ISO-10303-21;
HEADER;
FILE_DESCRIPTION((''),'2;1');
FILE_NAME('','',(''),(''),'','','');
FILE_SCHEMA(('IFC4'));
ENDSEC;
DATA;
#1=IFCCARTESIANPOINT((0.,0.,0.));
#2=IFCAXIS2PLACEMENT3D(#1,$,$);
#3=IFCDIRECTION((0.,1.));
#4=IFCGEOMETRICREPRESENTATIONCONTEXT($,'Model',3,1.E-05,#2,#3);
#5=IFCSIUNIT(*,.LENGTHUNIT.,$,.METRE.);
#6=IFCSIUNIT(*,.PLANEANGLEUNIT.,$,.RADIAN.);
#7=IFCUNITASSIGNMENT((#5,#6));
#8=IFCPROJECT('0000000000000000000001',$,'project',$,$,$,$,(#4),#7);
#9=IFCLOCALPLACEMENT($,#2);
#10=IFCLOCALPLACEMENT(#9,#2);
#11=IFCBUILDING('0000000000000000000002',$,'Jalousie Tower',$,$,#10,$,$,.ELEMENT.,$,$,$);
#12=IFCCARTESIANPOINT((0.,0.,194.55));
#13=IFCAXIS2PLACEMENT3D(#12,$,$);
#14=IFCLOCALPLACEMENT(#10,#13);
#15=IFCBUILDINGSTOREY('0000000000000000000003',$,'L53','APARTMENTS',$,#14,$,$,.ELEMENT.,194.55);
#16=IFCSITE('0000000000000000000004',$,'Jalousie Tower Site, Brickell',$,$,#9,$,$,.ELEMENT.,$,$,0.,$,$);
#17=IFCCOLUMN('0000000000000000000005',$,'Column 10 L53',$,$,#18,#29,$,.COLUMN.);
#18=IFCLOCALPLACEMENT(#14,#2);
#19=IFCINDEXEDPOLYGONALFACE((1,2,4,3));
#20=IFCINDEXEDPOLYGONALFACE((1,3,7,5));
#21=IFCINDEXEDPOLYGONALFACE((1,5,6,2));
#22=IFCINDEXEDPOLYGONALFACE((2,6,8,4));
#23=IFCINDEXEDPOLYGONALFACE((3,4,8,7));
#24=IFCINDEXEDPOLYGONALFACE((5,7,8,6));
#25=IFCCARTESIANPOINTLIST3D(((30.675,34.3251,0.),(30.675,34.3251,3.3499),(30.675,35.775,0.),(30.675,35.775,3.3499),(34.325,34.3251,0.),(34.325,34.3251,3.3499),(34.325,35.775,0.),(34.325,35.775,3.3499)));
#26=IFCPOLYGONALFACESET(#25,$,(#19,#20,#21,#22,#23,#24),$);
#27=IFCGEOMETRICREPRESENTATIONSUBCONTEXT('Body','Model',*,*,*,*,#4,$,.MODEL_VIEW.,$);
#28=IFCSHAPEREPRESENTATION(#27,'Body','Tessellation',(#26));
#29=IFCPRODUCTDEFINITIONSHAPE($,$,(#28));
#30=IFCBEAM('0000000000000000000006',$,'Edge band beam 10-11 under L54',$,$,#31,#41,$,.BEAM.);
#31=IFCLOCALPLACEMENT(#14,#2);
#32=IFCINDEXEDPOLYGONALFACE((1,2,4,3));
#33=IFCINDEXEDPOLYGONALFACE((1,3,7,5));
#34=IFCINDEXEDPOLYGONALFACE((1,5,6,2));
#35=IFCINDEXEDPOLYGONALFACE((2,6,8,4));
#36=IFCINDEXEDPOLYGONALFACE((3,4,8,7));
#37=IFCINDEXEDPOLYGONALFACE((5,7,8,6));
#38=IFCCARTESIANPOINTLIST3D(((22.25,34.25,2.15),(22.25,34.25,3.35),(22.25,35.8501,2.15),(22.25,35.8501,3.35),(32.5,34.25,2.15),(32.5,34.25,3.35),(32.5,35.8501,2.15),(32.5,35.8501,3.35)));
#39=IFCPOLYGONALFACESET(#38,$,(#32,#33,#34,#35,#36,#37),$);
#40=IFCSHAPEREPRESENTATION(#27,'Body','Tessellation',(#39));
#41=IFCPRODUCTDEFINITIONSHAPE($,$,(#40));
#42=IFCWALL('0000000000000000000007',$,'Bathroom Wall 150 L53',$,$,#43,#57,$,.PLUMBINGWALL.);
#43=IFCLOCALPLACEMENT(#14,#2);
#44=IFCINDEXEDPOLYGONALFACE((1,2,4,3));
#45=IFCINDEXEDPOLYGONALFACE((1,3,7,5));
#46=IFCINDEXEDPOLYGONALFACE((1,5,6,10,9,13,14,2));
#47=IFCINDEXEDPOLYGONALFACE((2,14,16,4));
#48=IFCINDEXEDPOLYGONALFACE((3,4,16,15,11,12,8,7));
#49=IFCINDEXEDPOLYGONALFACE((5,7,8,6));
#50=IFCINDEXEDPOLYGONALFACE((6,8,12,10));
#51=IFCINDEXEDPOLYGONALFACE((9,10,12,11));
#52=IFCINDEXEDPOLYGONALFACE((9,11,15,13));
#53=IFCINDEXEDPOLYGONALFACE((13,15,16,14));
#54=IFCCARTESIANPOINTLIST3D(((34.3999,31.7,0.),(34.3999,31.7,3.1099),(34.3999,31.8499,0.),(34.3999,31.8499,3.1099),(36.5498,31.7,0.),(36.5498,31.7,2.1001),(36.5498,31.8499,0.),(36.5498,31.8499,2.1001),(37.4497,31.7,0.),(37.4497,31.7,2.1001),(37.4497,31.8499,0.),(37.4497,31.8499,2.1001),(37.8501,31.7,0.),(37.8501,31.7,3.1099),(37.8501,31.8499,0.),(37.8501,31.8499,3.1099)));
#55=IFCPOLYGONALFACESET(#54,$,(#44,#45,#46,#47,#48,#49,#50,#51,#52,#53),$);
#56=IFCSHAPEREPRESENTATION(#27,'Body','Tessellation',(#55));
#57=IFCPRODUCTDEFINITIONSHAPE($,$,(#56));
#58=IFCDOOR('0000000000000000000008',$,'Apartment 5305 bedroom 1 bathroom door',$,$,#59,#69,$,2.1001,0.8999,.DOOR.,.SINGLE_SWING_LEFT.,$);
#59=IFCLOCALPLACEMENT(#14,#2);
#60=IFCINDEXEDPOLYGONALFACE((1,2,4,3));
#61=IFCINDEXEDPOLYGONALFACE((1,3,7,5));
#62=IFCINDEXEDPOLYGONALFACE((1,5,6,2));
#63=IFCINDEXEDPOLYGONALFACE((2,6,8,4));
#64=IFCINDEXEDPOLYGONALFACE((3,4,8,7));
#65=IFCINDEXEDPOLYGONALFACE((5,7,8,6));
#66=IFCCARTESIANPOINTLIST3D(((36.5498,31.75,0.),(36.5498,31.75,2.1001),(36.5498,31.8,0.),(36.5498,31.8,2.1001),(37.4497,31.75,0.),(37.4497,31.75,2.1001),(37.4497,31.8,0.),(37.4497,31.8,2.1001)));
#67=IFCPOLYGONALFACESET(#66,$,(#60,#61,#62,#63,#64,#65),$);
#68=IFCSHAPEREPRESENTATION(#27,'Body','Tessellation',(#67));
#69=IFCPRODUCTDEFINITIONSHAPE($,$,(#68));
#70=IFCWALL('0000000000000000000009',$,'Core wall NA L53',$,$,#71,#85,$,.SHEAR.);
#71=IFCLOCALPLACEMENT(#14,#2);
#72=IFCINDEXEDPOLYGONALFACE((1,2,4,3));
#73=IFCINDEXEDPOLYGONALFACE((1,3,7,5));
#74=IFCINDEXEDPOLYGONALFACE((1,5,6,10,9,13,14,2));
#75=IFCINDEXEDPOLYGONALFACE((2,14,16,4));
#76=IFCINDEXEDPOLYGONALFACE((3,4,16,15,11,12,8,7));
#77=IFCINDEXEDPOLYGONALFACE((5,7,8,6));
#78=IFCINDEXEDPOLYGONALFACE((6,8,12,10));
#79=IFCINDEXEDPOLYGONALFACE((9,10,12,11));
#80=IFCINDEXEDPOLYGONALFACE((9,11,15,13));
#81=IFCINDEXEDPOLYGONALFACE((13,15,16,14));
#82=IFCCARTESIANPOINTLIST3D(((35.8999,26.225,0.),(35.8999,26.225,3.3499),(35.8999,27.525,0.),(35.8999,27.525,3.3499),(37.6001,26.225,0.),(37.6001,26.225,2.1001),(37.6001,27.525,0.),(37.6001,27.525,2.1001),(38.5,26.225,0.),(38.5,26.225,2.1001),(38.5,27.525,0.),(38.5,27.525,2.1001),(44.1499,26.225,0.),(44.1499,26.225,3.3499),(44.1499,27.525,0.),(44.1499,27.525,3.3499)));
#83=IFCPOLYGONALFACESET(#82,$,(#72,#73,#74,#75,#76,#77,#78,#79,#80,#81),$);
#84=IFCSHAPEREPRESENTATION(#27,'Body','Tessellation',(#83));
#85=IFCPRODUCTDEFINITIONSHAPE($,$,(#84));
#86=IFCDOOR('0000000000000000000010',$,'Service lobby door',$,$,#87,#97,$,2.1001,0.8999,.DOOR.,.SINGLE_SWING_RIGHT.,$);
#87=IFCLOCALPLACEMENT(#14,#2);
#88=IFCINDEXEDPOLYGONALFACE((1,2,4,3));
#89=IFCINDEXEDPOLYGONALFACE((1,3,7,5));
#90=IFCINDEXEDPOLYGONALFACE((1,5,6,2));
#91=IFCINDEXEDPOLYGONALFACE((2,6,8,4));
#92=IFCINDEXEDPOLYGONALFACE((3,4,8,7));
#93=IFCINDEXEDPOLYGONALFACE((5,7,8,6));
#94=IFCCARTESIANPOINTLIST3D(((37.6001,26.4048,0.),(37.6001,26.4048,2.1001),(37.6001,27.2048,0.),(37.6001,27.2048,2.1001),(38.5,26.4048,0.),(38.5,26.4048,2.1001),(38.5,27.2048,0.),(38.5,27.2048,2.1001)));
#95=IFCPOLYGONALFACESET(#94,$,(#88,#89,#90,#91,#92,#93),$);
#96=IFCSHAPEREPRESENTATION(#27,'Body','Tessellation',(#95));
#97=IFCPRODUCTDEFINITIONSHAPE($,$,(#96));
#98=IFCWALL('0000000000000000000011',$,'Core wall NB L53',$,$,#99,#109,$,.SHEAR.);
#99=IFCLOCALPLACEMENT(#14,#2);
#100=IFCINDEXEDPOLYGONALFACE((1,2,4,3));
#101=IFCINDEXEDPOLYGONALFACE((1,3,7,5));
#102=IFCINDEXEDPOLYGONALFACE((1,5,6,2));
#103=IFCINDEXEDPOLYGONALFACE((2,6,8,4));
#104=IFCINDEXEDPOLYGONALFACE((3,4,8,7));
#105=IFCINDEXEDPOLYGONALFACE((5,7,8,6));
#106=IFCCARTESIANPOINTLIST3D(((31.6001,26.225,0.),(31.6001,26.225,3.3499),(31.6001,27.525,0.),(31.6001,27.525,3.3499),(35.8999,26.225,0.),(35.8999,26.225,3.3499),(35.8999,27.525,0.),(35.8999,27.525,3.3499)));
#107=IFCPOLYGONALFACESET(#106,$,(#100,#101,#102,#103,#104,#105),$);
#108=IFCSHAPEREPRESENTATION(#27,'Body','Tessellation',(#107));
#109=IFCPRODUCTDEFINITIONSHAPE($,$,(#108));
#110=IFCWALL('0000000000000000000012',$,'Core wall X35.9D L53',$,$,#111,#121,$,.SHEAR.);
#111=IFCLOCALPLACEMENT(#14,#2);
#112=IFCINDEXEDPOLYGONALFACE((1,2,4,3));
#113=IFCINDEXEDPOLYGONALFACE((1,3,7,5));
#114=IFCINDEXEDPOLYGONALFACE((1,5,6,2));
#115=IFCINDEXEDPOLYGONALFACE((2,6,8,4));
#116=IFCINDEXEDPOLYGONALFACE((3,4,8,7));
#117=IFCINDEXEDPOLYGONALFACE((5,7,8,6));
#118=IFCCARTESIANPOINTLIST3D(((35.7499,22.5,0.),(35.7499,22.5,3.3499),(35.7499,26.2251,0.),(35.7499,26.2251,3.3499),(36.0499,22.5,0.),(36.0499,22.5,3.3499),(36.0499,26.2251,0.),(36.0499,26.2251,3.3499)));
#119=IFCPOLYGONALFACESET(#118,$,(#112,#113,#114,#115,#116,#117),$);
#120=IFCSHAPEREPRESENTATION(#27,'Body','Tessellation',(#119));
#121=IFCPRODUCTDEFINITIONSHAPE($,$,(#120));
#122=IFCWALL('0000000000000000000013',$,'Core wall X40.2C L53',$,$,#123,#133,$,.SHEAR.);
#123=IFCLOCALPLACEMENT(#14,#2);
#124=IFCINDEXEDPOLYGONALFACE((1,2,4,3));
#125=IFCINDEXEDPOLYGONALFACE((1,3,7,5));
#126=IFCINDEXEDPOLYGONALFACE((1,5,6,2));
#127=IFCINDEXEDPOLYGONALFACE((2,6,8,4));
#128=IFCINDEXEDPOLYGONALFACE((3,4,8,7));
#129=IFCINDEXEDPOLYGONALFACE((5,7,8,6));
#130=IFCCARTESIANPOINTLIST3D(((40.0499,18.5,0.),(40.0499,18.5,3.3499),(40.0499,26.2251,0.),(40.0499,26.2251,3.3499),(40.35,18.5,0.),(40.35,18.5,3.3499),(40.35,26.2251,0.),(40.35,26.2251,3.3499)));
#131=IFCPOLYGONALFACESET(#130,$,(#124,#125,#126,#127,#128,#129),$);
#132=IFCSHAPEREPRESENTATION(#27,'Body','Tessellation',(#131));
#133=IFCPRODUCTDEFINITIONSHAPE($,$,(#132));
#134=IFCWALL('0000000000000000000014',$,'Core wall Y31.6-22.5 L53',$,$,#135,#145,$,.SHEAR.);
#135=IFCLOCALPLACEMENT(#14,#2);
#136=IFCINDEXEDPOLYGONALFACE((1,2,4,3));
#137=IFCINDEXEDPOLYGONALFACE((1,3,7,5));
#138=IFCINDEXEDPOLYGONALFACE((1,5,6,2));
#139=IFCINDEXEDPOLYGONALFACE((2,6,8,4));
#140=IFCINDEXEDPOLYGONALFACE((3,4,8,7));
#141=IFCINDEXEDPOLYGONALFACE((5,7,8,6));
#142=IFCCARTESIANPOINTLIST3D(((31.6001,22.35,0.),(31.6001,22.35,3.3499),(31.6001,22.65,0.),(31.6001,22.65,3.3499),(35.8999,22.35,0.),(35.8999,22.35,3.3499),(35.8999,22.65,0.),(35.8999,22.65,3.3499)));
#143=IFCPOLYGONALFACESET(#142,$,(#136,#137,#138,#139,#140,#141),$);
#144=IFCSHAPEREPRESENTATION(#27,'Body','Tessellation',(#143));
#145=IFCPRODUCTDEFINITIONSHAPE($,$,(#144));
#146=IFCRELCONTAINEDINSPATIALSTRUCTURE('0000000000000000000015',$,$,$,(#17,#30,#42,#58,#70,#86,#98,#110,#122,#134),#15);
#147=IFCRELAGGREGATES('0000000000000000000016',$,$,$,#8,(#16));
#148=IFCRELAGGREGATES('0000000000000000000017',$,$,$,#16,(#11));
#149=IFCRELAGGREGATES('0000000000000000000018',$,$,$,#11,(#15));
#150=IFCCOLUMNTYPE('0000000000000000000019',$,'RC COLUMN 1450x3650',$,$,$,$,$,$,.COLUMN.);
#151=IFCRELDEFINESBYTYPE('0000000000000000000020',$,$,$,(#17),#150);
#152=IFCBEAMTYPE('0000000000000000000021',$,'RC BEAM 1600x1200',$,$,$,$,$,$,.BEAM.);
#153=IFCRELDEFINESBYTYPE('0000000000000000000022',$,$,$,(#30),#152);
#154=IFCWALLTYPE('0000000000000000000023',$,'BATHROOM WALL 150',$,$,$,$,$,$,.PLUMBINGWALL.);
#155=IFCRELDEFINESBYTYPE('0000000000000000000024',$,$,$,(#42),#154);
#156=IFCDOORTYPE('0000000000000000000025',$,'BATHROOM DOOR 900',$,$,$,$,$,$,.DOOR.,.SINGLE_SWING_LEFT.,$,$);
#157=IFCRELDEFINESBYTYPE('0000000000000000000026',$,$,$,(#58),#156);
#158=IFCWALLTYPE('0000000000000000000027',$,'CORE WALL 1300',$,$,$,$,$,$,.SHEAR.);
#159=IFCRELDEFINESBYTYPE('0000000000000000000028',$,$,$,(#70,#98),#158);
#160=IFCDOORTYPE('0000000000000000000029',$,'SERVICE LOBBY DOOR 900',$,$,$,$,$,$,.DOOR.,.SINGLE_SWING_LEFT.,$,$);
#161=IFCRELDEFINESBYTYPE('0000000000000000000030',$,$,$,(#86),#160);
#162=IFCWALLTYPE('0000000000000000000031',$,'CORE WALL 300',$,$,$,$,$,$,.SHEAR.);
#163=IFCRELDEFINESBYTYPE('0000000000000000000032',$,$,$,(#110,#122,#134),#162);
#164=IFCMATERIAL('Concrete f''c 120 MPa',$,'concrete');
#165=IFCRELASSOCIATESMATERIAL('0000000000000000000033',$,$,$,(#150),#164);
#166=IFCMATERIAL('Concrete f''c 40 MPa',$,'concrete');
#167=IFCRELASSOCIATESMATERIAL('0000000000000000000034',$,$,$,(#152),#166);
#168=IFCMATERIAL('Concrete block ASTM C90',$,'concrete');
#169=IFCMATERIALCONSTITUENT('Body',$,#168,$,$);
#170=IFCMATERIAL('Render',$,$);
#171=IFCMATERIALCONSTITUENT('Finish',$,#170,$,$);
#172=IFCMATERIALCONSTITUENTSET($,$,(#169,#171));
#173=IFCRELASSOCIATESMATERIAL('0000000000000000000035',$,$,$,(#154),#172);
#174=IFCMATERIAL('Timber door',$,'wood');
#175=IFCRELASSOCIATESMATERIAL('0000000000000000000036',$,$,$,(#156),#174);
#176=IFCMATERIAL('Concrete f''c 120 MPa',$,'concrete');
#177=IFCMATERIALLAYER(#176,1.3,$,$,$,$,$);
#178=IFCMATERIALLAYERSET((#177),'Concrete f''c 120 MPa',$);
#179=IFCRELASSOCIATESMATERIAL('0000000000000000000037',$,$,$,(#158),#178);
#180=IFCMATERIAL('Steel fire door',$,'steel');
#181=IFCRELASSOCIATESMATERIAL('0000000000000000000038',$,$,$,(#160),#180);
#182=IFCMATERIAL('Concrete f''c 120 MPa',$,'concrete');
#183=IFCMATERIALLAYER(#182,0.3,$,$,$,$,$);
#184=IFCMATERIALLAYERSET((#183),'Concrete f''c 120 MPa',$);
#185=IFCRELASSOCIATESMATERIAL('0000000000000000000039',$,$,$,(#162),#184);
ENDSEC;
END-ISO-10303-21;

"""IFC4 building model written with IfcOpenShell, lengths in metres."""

from ifc_helpers import new_model, si_unit, direction, frame, frame_2d, origin, origin_2d, place, context, subcontext, project, spatial, rectangle, extrude, material, layer, layer_set, constituent, constituent_set, material_profile, profile_set, type_object, element, fill, save


model = new_model("IFC4")

# Units and contexts
model_context = context("Model", 3, precision=1e-05, world=origin(), true_north=direction((0.0, 1.0)))
body_context = subcontext(model_context, "Body", "Model", "MODEL_VIEW")
ifc_project = project(units=[si_unit("LENGTHUNIT", "METRE"), si_unit("PLANEANGLEUNIT", "RADIAN")], contexts=[model_context])

# Site, building, storey
site_placement = place(None, origin())
site = spatial("IfcSite", under=ifc_project, at=site_placement, Name="Jalousie Tower Site, Brickell", CompositionType="ELEMENT", RefElevation=0.0)
building_placement = place(site_placement, origin())
building = spatial("IfcBuilding", under=site, at=building_placement, Name="Jalousie Tower", CompositionType="ELEMENT")
storey_placement = place(building_placement, frame((0.0, 0.0, 194.55)))
storey = spatial("IfcBuildingStorey", under=building, at=storey_placement, Name="L53", Description="APARTMENTS", CompositionType="ELEMENT", Elevation=194.55)

# Column
ifc_material_1 = material(Name="Concrete f'c 120 MPa", Category="concrete")
ifc_material_profile_1 = material_profile(ifc_material_1, rectangle(XDim=1.45, YDim=3.6499, at=origin_2d()), Name="RC 1450x3650")
ifc_profile_set_1 = profile_set([ifc_material_profile_1], Name="Concrete f'c 120 MPa")
column_type = type_object("IfcColumnType", Name="RC COLUMN 1450x3650", PredefinedType="COLUMN", material=ifc_profile_set_1)
column_placement = place(storey_placement, frame((32.5, 35.05, 0.0), z_axis=(0.0, 0.0, 1.0), x_axis=(0.0, 1.0, 0.0)))
element("IfcColumn", 1, at=column_placement, inside=storey, type_object=column_type, Name="Column 10 L53", PredefinedType="COLUMN", context=body_context, shape_type="SweptSolid", body=[
    extrude(rectangle(XDim=1.45, YDim=3.6499, at=origin_2d()), origin(), (0.0, 0.0, 1.0), 3.3499),
])

# Beam
ifc_material_2 = material(Name="Concrete f'c 40 MPa", Category="concrete")
ifc_material_profile_2 = material_profile(ifc_material_2, rectangle(XDim=1.6001, YDim=1.2, at=origin_2d()), Name="RC 1600x1200")
ifc_profile_set_2 = profile_set([ifc_material_profile_2], Name="Concrete f'c 40 MPa")
beam_type = type_object("IfcBeamType", Name="RC BEAM 1600x1200", PredefinedType="BEAM", material=ifc_profile_set_2)
beam_placement = place(storey_placement, frame((32.5, 35.05, 2.75), z_axis=(-1.0, 0.0, 0.0), x_axis=(0.0, -1.0, 0.0)))
element("IfcBeam", 2, at=beam_placement, inside=storey, type_object=beam_type, Name="Edge band beam 10-11 under L54", PredefinedType="BEAM", context=body_context, shape_type="SweptSolid", body=[
    extrude(rectangle(XDim=1.6001, YDim=1.2, at=origin_2d()), origin(), (0.0, 0.0, 1.0), 10.25),
])

# Walls, openings, doors
ifc_material_3 = material(Name="Concrete block ASTM C90", Category="concrete")
ifc_constituent_1 = constituent(ifc_material_3, Name="Body")
ifc_material_4 = material(Name="Render")
ifc_constituent_2 = constituent(ifc_material_4, Name="Finish")
ifc_constituent_set_1 = constituent_set(constituents=[ifc_constituent_1, ifc_constituent_2])
wall_type_1 = type_object("IfcWallType", Name="BATHROOM WALL 150", PredefinedType="PLUMBINGWALL", material=ifc_constituent_set_1)
wall_1_placement = place(storey_placement, frame((34.3999, 31.7749, 0.0), z_axis=(0.0, 0.0, 1.0), x_axis=(1.0, 0.0, 0.0)))
wall_1 = element("IfcWall", 3, at=wall_1_placement, inside=storey, type_object=wall_type_1, Name="Bathroom Wall 150 L53", PredefinedType="PLUMBINGWALL", context=body_context, shape_type="SweptSolid", body=[
    extrude(rectangle(XDim=3.4502, YDim=0.1499, at=frame_2d((1.7251, 0.0))), origin(), (0.0, 0.0, 1.0), 3.1099),
])
opening_1_placement = place(wall_1_placement, frame((2.1499, 0.0, 0.0)))
opening_1 = element("IfcOpeningElement", 4, at=opening_1_placement, cuts=wall_1, PredefinedType="OPENING", context=body_context, shape_type="SweptSolid", body=[
    extrude(rectangle(XDim=0.8999, YDim=2.1001, at=frame_2d((0.45, 1.05))), frame((0.0, 0.085, 0.0), z_axis=(0.0, -1.0, 0.0), x_axis=(1.0, 0.0, 0.0)), (0.0, 0.0, 1.0), 0.1699),
])
ifc_material_5 = material(Name="Timber door", Category="wood")
door_type_1 = type_object("IfcDoorType", Name="BATHROOM DOOR 900", OperationType="SINGLE_SWING_LEFT", PredefinedType="DOOR", material=ifc_material_5)
door_1_placement = place(opening_1_placement, frame((0.8999, 0.0, 0.0), z_axis=(0.0, 0.0, 1.0), x_axis=(-1.0, 0.0, 0.0)))
door_1 = element("IfcDoor", 5, at=door_1_placement, inside=storey, type_object=door_type_1, Name="Apartment 5305 bedroom 1 bathroom door", OperationType="SINGLE_SWING_LEFT", OverallHeight=2.1001, OverallWidth=0.8999, PredefinedType="DOOR", context=body_context, shape_type="SweptSolid", body=[
    extrude(rectangle(XDim=0.8999, YDim=2.1001, at=frame_2d((0.45, 1.05))), frame((0.0, 0.0249, 0.0), z_axis=(0.0, -1.0, 0.0), x_axis=(1.0, 0.0, 0.0)), (0.0, 0.0, 1.0), 0.05),
])
fill(opening_1, door_1)
ifc_material_6 = material(Name="Concrete f'c 120 MPa", Category="concrete")
ifc_layer_1 = layer(ifc_material_6, 1.3)
ifc_layer_set_1 = layer_set([ifc_layer_1], Name="Concrete f'c 120 MPa")
wall_type_2 = type_object("IfcWallType", Name="CORE WALL 1300", PredefinedType="SHEAR", material=ifc_layer_set_1)
wall_2_placement = place(storey_placement, frame((44.1499, 26.875, 0.0), z_axis=(0.0, 0.0, 1.0), x_axis=(-1.0, 0.0, 0.0)))
wall_2 = element("IfcWall", 6, at=wall_2_placement, inside=storey, type_object=wall_type_2, Name="Core wall NA L53", PredefinedType="SHEAR", context=body_context, shape_type="SweptSolid", body=[
    extrude(rectangle(XDim=8.25, YDim=1.3, at=frame_2d((4.125, 0.0))), origin(), (0.0, 0.0, 1.0), 3.3499),
])
opening_2_placement = place(wall_2_placement, frame((5.6499, 0.0, 0.0)))
opening_2 = element("IfcOpeningElement", 7, at=opening_2_placement, cuts=wall_2, PredefinedType="OPENING", context=body_context, shape_type="SweptSolid", body=[
    extrude(rectangle(XDim=0.8999, YDim=2.1001, at=frame_2d((0.45, 1.05))), frame((0.0, 0.6599, 0.0), z_axis=(0.0, -1.0, 0.0), x_axis=(1.0, 0.0, 0.0)), (0.0, 0.0, 1.0), 1.3201),
])
ifc_material_7 = material(Name="Steel fire door", Category="steel")
door_type_2 = type_object("IfcDoorType", Name="SERVICE LOBBY DOOR 900", OperationType="SINGLE_SWING_LEFT", PredefinedType="DOOR", material=ifc_material_7)
door_2_placement = place(opening_2_placement, origin())
door_2 = element("IfcDoor", 8, at=door_2_placement, inside=storey, type_object=door_type_2, Name="Service lobby door", OperationType="SINGLE_SWING_RIGHT", OverallHeight=2.1001, OverallWidth=0.8999, PredefinedType="DOOR", context=body_context, shape_type="SweptSolid", body=[
    extrude(rectangle(XDim=0.8999, YDim=2.1001, at=frame_2d((0.45, 1.05))), frame((0.0, 0.4702, 0.0), z_axis=(0.0, -1.0, 0.0), x_axis=(1.0, 0.0, 0.0)), (0.0, 0.0, 1.0), 0.8),
])
fill(opening_2, door_2)

# Walls
wall_3_placement = place(storey_placement, frame((35.8999, 26.875, 0.0), z_axis=(0.0, 0.0, 1.0), x_axis=(-1.0, 0.0, 0.0)))
element("IfcWall", 9, at=wall_3_placement, inside=storey, type_object=wall_type_2, Name="Core wall NB L53", PredefinedType="SHEAR", context=body_context, shape_type="SweptSolid", body=[
    extrude(rectangle(XDim=4.2998, YDim=1.3, at=frame_2d((2.1499, 0.0))), origin(), (0.0, 0.0, 1.0), 3.3499),
])
ifc_material_8 = material(Name="Concrete f'c 120 MPa", Category="concrete")
ifc_layer_2 = layer(ifc_material_8, 0.3)
ifc_layer_set_2 = layer_set([ifc_layer_2], Name="Concrete f'c 120 MPa")
wall_type_3 = type_object("IfcWallType", Name="CORE WALL 300", PredefinedType="SHEAR", material=ifc_layer_set_2)
wall_4_placement = place(storey_placement, frame((35.8999, 22.5, 0.0), z_axis=(0.0, 0.0, 1.0), x_axis=(0.0, 1.0, 0.0)))
element("IfcWall", 10, at=wall_4_placement, inside=storey, type_object=wall_type_3, Name="Core wall X35.9D L53", PredefinedType="SHEAR", context=body_context, shape_type="SweptSolid", body=[
    extrude(rectangle(XDim=3.7251, YDim=0.3, at=frame_2d((1.8625, 0.0))), origin(), (0.0, 0.0, 1.0), 3.3499),
])
wall_5_placement = place(storey_placement, frame((40.2, 18.5, 0.0), z_axis=(0.0, 0.0, 1.0), x_axis=(0.0, 1.0, 0.0)))
element("IfcWall", 11, at=wall_5_placement, inside=storey, type_object=wall_type_3, Name="Core wall X40.2C L53", PredefinedType="SHEAR", context=body_context, shape_type="SweptSolid", body=[
    extrude(rectangle(XDim=7.7251, YDim=0.3, at=frame_2d((3.8625, 0.0))), origin(), (0.0, 0.0, 1.0), 3.3499),
])
wall_6_placement = place(storey_placement, frame((31.6001, 22.5, 0.0), z_axis=(0.0, 0.0, 1.0), x_axis=(1.0, 0.0, 0.0)))
element("IfcWall", 12, at=wall_6_placement, inside=storey, type_object=wall_type_3, Name="Core wall Y31.6-22.5 L53", PredefinedType="SHEAR", context=body_context, shape_type="SweptSolid", body=[
    extrude(rectangle(XDim=4.2998, YDim=0.3, at=frame_2d((2.1499, 0.0))), origin(), (0.0, 0.0, 1.0), 3.3499),
])

save(model, "model.ifc")
